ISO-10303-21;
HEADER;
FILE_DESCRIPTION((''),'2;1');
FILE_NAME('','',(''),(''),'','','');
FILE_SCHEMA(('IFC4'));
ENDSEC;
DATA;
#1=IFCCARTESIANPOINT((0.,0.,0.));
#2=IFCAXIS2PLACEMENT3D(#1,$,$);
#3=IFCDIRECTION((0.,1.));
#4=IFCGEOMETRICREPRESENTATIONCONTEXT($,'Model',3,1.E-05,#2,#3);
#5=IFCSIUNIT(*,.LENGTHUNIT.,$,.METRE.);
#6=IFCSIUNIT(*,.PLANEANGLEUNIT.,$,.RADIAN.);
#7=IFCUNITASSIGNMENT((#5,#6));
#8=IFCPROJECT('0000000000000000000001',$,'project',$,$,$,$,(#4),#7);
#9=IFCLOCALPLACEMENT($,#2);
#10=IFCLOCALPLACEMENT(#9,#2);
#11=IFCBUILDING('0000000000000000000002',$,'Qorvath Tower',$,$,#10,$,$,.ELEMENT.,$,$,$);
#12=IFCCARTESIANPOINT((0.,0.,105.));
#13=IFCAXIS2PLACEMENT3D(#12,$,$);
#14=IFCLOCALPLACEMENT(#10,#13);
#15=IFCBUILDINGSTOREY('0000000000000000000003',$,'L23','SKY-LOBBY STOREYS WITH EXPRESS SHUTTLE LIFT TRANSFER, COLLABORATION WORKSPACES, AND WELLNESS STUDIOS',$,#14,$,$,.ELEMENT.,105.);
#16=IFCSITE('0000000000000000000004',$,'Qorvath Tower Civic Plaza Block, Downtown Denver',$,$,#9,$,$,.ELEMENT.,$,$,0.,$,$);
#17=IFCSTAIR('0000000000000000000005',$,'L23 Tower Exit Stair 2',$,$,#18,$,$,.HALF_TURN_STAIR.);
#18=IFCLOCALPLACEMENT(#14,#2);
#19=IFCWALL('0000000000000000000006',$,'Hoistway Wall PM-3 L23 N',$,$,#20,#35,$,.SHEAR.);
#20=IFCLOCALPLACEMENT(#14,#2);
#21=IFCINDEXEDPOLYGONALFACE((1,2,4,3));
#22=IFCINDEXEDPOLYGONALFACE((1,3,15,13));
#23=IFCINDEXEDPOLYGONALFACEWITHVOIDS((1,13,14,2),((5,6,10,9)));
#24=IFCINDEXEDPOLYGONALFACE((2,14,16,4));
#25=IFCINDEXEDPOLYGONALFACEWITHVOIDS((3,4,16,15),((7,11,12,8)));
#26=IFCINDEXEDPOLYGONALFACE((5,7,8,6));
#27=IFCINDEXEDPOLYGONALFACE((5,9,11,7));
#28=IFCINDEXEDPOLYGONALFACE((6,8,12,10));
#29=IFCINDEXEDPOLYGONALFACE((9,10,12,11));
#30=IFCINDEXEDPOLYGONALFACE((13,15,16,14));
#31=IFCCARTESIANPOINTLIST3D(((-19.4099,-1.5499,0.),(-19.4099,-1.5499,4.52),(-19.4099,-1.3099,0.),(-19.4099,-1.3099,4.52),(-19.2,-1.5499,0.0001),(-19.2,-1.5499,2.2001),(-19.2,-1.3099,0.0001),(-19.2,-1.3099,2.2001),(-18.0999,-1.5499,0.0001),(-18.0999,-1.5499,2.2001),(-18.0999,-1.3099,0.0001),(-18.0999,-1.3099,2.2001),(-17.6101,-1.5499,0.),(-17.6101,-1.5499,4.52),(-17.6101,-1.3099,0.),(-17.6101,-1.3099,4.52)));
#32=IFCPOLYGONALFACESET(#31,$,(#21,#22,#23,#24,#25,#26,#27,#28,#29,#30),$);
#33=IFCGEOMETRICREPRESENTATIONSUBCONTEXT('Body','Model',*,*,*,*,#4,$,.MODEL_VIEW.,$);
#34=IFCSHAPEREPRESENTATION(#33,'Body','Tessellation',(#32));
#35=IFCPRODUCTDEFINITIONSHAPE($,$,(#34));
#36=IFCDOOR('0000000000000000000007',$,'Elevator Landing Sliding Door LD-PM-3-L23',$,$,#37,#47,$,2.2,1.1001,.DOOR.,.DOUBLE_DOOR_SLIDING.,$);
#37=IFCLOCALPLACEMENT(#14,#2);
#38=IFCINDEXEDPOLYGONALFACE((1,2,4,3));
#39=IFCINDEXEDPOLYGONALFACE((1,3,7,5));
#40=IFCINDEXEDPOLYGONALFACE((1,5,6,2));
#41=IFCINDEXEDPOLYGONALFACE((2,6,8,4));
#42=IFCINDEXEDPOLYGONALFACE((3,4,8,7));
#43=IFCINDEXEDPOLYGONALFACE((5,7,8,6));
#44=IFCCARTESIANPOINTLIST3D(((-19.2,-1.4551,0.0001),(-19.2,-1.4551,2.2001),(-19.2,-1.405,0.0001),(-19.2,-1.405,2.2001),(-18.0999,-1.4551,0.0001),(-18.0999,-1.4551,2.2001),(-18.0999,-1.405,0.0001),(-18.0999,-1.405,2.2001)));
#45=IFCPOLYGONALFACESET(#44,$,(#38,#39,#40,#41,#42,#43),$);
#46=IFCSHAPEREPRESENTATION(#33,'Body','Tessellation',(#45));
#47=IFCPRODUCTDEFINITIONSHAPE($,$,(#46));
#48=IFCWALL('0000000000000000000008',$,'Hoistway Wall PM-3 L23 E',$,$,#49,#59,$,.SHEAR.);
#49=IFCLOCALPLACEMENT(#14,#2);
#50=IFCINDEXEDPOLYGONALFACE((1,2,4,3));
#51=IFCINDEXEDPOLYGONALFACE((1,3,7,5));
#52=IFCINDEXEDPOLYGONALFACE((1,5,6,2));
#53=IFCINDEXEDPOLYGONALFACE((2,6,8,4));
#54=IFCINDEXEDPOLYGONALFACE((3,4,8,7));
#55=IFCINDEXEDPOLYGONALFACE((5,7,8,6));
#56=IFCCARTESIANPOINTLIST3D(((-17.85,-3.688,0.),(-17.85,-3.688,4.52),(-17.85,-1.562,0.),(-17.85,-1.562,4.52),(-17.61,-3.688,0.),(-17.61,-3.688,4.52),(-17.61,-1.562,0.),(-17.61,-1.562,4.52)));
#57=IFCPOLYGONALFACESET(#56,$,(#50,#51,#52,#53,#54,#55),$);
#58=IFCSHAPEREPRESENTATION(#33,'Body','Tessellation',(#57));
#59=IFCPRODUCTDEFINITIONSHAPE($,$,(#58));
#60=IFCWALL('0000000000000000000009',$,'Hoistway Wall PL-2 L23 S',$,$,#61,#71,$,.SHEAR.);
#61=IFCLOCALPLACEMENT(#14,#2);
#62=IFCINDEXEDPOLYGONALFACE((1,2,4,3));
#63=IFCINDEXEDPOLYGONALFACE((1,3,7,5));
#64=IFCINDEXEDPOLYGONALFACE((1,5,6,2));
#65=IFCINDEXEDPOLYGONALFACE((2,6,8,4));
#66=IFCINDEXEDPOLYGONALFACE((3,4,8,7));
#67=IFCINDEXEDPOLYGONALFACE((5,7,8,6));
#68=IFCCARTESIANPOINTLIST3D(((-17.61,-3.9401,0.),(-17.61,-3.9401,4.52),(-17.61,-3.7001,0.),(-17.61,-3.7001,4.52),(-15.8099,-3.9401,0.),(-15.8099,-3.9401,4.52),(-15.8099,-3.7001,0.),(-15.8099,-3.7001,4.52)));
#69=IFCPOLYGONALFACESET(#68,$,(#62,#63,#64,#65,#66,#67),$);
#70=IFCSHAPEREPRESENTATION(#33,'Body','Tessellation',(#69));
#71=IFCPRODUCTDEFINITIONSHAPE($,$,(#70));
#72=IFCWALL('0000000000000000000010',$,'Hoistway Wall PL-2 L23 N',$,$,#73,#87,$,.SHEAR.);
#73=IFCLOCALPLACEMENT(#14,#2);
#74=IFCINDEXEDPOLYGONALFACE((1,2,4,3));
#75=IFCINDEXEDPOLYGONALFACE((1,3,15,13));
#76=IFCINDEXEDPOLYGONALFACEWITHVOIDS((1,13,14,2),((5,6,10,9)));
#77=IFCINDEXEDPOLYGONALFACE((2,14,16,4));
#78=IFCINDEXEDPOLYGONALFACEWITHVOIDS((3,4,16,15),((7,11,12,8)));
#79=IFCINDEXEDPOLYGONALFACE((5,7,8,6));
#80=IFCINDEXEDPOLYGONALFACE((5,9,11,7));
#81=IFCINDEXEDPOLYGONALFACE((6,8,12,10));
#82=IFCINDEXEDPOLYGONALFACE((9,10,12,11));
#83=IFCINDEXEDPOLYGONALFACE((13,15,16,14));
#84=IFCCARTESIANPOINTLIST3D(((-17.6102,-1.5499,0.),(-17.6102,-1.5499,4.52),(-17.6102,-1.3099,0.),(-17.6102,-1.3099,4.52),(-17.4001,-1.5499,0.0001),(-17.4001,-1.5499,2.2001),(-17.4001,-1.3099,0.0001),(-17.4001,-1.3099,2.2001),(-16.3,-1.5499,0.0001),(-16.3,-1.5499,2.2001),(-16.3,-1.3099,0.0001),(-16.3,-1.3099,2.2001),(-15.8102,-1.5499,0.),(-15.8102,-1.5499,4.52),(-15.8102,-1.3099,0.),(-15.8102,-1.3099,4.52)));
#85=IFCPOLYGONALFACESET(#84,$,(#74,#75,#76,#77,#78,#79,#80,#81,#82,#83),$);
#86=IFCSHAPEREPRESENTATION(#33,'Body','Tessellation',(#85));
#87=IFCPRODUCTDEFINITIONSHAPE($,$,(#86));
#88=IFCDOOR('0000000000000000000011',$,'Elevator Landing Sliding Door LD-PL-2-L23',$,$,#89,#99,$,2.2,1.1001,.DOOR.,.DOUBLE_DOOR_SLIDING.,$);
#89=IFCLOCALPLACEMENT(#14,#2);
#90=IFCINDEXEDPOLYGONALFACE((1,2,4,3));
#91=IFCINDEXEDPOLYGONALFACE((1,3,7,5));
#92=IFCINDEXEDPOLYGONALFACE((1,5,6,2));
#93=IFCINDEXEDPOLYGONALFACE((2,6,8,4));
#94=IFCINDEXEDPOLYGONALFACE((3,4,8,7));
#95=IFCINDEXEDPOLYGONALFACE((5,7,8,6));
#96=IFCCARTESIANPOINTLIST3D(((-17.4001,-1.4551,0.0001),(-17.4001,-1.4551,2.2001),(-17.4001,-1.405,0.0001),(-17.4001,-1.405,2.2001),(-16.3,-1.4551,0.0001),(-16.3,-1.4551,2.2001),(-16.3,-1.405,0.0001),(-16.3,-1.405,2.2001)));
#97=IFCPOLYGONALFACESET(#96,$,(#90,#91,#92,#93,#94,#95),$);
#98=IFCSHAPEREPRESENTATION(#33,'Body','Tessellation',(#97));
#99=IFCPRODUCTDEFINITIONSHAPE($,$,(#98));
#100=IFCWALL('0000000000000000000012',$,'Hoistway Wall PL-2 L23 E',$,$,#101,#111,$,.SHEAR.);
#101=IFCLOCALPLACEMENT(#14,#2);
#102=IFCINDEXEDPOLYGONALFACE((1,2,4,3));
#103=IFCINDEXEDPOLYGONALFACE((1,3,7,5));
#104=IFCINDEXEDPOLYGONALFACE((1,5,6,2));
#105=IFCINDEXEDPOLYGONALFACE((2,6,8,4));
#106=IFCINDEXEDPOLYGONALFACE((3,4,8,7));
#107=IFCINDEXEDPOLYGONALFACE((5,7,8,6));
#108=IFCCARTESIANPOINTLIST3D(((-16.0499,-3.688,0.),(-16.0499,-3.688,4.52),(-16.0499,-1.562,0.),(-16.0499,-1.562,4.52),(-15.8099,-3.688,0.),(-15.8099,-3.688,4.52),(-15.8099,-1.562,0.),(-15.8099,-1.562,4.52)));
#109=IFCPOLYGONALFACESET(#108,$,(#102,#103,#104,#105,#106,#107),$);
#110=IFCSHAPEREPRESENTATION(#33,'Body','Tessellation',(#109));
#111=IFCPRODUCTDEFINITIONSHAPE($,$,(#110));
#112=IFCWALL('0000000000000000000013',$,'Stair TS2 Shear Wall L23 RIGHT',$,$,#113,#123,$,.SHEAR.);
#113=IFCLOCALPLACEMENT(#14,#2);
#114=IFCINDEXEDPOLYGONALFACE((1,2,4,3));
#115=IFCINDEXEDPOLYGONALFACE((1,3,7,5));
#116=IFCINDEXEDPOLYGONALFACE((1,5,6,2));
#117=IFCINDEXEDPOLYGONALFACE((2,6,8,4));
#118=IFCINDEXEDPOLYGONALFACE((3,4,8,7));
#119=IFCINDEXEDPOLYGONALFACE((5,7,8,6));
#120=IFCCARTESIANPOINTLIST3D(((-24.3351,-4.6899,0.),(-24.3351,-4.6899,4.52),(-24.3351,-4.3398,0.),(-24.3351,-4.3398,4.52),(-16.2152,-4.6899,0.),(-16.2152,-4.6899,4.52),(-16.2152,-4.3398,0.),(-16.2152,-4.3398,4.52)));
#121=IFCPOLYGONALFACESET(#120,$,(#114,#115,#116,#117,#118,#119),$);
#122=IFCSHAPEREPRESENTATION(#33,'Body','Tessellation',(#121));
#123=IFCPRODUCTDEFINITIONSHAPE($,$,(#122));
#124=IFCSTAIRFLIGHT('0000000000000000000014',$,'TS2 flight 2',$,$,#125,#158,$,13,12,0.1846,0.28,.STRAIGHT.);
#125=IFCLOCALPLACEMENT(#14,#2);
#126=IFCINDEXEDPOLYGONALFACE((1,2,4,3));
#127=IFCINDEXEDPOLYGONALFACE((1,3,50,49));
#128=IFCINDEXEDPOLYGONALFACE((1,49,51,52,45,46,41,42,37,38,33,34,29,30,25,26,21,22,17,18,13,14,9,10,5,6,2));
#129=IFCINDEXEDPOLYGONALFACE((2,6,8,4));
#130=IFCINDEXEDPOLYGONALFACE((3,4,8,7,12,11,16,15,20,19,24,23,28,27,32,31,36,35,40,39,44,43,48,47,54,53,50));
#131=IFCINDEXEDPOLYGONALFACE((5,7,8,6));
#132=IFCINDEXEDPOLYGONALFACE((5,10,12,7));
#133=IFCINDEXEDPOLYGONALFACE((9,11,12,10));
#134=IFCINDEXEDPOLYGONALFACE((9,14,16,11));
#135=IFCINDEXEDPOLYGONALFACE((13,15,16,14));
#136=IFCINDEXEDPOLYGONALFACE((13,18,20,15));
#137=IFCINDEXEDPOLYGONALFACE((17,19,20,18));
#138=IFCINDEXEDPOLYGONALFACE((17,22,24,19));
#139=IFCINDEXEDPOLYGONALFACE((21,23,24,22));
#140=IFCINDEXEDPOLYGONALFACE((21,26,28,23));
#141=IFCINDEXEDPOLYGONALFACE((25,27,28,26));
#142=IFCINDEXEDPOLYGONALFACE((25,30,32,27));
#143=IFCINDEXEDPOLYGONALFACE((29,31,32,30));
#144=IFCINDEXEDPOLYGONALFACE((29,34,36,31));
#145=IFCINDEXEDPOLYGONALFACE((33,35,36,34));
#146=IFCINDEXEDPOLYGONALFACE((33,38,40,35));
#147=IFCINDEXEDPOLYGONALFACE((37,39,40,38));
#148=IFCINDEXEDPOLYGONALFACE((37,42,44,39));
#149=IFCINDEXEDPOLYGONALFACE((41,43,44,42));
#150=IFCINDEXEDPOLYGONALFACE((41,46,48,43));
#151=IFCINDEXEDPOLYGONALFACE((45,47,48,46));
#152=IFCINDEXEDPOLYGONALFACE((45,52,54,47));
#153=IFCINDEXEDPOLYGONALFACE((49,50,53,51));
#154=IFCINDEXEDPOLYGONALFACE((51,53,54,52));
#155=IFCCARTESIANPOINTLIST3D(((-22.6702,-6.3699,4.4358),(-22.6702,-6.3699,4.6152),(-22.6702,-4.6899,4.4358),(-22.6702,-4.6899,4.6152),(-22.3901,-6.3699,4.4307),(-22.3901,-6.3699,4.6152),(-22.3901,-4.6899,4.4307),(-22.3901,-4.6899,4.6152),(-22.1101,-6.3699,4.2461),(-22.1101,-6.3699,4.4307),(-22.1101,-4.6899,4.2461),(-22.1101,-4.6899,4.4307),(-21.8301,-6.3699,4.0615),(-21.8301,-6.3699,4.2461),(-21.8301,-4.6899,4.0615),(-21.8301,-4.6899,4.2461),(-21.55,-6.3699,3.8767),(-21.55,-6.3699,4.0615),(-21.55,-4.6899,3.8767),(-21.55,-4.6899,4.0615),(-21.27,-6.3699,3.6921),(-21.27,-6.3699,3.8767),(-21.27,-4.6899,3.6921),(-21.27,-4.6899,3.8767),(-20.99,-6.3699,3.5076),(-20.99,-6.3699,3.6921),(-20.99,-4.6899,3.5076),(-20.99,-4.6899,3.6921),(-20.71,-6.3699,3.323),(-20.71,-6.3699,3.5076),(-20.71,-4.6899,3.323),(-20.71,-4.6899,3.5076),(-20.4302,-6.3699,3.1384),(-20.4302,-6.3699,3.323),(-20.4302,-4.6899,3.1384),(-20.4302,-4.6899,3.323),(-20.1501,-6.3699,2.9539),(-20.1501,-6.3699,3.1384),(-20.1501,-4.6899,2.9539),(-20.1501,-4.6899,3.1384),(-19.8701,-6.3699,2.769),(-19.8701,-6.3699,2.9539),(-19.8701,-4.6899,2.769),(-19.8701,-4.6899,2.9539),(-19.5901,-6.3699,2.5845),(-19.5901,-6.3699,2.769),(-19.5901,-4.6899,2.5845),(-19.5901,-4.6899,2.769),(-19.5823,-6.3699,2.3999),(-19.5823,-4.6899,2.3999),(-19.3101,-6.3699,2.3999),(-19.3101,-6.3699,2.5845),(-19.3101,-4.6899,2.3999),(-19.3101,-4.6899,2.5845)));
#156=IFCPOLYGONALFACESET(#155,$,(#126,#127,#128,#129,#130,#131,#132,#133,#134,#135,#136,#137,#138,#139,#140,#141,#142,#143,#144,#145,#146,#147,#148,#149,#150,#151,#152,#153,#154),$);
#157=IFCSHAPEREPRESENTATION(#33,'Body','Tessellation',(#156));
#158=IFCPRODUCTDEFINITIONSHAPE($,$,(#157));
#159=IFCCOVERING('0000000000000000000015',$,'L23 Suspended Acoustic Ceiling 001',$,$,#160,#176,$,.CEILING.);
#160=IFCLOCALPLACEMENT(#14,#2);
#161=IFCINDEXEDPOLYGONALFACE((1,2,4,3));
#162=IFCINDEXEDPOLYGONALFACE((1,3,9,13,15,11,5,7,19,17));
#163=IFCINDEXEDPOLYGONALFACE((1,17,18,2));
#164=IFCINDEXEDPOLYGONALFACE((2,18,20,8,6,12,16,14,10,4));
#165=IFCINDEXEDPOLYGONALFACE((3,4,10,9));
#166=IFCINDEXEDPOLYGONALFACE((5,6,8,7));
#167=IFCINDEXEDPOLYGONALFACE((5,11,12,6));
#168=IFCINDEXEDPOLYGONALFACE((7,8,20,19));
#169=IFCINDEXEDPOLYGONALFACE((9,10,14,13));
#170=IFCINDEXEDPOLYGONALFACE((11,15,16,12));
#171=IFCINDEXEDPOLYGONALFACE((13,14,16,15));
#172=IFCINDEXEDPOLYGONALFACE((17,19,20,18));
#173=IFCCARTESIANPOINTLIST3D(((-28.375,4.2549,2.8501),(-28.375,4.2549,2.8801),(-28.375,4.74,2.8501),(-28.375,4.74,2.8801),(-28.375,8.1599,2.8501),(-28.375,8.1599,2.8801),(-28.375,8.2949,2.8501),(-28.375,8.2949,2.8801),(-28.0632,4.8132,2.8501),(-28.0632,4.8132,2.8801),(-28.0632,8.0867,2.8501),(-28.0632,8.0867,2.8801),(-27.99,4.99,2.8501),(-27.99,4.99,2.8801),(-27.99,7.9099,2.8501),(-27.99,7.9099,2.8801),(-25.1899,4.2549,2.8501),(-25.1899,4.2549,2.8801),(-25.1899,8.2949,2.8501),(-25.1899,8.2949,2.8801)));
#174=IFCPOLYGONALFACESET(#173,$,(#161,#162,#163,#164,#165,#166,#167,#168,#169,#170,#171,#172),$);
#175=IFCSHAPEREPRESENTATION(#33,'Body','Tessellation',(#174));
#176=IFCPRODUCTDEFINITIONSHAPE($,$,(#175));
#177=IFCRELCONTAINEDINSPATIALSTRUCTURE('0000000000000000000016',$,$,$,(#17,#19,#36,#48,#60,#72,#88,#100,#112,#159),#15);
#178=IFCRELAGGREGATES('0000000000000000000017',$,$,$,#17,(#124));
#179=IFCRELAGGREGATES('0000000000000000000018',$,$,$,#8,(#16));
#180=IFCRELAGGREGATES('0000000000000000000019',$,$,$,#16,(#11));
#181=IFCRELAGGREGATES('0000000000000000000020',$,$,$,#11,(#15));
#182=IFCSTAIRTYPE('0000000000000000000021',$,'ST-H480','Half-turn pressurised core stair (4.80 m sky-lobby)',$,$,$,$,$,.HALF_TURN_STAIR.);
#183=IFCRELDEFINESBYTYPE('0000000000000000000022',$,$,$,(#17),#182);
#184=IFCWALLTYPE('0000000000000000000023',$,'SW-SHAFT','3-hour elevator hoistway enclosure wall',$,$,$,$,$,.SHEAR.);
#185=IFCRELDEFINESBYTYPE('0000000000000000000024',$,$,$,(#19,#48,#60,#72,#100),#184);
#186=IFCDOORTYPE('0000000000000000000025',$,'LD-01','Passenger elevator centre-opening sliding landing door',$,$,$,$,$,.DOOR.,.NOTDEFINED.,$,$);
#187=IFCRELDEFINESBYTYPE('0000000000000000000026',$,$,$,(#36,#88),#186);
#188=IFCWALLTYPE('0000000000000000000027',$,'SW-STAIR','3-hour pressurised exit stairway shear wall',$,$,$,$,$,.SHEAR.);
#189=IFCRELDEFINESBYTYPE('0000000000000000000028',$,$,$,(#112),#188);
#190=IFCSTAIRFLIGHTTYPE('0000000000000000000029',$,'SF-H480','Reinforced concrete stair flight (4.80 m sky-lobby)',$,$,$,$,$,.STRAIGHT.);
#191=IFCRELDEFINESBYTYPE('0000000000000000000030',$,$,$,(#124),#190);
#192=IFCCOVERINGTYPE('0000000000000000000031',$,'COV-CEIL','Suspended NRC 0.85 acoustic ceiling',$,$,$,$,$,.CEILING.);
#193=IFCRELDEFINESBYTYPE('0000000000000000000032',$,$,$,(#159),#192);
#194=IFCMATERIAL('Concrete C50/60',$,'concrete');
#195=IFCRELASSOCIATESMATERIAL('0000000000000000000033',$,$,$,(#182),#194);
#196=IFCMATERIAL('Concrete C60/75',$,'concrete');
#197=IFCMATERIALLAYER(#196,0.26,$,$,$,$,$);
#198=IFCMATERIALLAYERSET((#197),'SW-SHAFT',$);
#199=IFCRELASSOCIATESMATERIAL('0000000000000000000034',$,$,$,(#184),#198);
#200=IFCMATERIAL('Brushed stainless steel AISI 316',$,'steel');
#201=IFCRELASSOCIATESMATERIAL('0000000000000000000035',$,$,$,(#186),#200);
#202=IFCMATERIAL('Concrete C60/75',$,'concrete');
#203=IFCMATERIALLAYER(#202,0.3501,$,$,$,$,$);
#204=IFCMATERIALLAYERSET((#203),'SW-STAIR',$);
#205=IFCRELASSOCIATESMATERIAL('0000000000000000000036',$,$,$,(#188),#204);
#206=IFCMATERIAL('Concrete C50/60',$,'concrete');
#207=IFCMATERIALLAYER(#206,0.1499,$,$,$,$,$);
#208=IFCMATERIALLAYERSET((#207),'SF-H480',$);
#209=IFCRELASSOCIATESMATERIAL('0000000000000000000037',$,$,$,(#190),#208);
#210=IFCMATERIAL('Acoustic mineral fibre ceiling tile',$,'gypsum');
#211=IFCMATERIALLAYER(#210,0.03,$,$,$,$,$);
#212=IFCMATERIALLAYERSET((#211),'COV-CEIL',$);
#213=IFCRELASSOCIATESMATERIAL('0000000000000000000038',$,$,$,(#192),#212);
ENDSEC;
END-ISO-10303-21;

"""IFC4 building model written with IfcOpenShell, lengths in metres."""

from ifc_helpers import new_model, si_unit, direction, frame, frame_2d, origin, place, context, subcontext, project, spatial, polyline, rectangle, outline, extrude, material, layer, layer_set, type_object, element, fill, aggregate, save


model = new_model("IFC4")

# Units and contexts
model_context = context("Model", 3, precision=1e-05, world=origin(), true_north=direction((0.0, 1.0)))
body_context = subcontext(model_context, "Body", "Model", "MODEL_VIEW")
ifc_project = project(units=[si_unit("LENGTHUNIT", "METRE"), si_unit("PLANEANGLEUNIT", "RADIAN")], contexts=[model_context])

# Site, building, storey
site_placement = place(None, origin())
site = spatial("IfcSite", under=ifc_project, at=site_placement, Name="Qorvath Tower Civic Plaza Block, Downtown Denver", CompositionType="ELEMENT", RefElevation=0.0)
building_placement = place(site_placement, origin())
building = spatial("IfcBuilding", under=site, at=building_placement, Name="Qorvath Tower", CompositionType="ELEMENT")
storey_placement = place(building_placement, frame((0.0, 0.0, 105.0)))
storey = spatial("IfcBuildingStorey", under=building, at=storey_placement, Name="L23", Description="SKY-LOBBY STOREYS WITH EXPRESS SHUTTLE LIFT TRANSFER, COLLABORATION WORKSPACES, AND WELLNESS STUDIOS", CompositionType="ELEMENT", Elevation=105.0)

# Stair
ifc_material_1 = material(Name="Concrete C50/60", Category="concrete")
stair_type = type_object("IfcStairType", Name="ST-H480", Description="Half-turn pressurised core stair (4.80 m sky-lobby)", PredefinedType="HALF_TURN_STAIR", material=ifc_material_1)
stair_1_placement = place(storey_placement, origin())
stair_1 = element("IfcStair", 1, at=stair_1_placement, inside=storey, type_object=stair_type, Name="L23 Tower Exit Stair 2", PredefinedType="HALF_TURN_STAIR")

# Shared definitions
ifc_material_2 = material(Name="Concrete C60/75", Category="concrete")
ifc_layer_1 = layer(ifc_material_2, 0.26)
ifc_layer_set_1 = layer_set([ifc_layer_1], Name="SW-SHAFT")
wall_type_1 = type_object("IfcWallType", Name="SW-SHAFT", Description="3-hour elevator hoistway enclosure wall", PredefinedType="SHEAR", material=ifc_layer_set_1)

# Wall, opening, door
wall_1_placement = place(storey_placement, frame((-19.4099, -1.4299, 0.0), z_axis=(0.0, 0.0, 1.0), x_axis=(1.0, 0.0, 0.0)))
wall_1 = element("IfcWall", 2, at=wall_1_placement, inside=storey, type_object=wall_type_1, Name="Hoistway Wall PM-3 L23 N", PredefinedType="SHEAR", context=body_context, shape_type="SweptSolid", body=[
    extrude(rectangle(XDim=1.7998, YDim=0.24, at=frame_2d((0.8999, 0.0))), origin(), (0.0, 0.0, 1.0), 4.52),
])
opening_1_placement = place(wall_1_placement, frame((0.21, 0.0, 0.0)))
opening_1 = element("IfcOpeningElement", 3, at=opening_1_placement, cuts=wall_1, PredefinedType="OPENING", context=body_context, shape_type="SweptSolid", body=[
    extrude(rectangle(XDim=1.1001, YDim=2.2, at=frame_2d((0.55, 1.1001))), frame((0.0, 0.1299, 0.0), z_axis=(0.0, -1.0, 0.0), x_axis=(1.0, 0.0, 0.0)), (0.0, 0.0, 1.0), 0.26),
])
ifc_material_3 = material(Name="Brushed stainless steel AISI 316", Category="steel")
door_type_1 = type_object("IfcDoorType", Name="LD-01", Description="Passenger elevator centre-opening sliding landing door", OperationType="NOTDEFINED", PredefinedType="DOOR", material=ifc_material_3)
door_1_placement = place(opening_1_placement, origin())
door_1 = element("IfcDoor", 4, at=door_1_placement, inside=storey, type_object=door_type_1, Name="Elevator Landing Sliding Door LD-PM-3-L23", OperationType="DOUBLE_DOOR_SLIDING", OverallHeight=2.2, OverallWidth=1.1001, PredefinedType="DOOR", context=body_context, shape_type="SweptSolid", body=[
    extrude(rectangle(XDim=1.1001, YDim=2.2, at=frame_2d((0.55, 1.1001))), frame((0.0, 0.0249, 0.0), z_axis=(0.0, -1.0, 0.0), x_axis=(1.0, 0.0, 0.0)), (0.0, 0.0, 1.0), 0.05),
])
fill(opening_1, door_1)

# Walls
wall_2_placement = place(storey_placement, frame((-17.73, -1.562, 0.0), z_axis=(0.0, 0.0, 1.0), x_axis=(0.0, -1.0, 0.0)))
element("IfcWall", 5, at=wall_2_placement, inside=storey, type_object=wall_type_1, Name="Hoistway Wall PM-3 L23 E", PredefinedType="SHEAR", context=body_context, shape_type="SweptSolid", body=[
    extrude(rectangle(XDim=2.126, YDim=0.24, at=frame_2d((1.063, 0.0))), origin(), (0.0, 0.0, 1.0), 4.52),
])
wall_3_placement = place(storey_placement, frame((-15.8101, -3.8201, 0.0), z_axis=(0.0, 0.0, 1.0), x_axis=(-1.0, 0.0, 0.0)))
element("IfcWall", 6, at=wall_3_placement, inside=storey, type_object=wall_type_1, Name="Hoistway Wall PL-2 L23 S", PredefinedType="SHEAR", context=body_context, shape_type="SweptSolid", body=[
    extrude(rectangle(XDim=1.8, YDim=0.24, at=frame_2d((0.8999, 0.0))), origin(), (0.0, 0.0, 1.0), 4.52),
])

# Wall, opening, door
wall_4_placement = place(storey_placement, frame((-17.6101, -1.4299, 0.0), z_axis=(0.0, 0.0, 1.0), x_axis=(1.0, 0.0, 0.0)))
wall_4 = element("IfcWall", 7, at=wall_4_placement, inside=storey, type_object=wall_type_1, Name="Hoistway Wall PL-2 L23 N", PredefinedType="SHEAR", context=body_context, shape_type="SweptSolid", body=[
    extrude(rectangle(XDim=1.8, YDim=0.24, at=frame_2d((0.8999, 0.0))), origin(), (0.0, 0.0, 1.0), 4.52),
])
opening_2_placement = place(wall_4_placement, frame((0.21, 0.0, 0.0)))
opening_2 = element("IfcOpeningElement", 8, at=opening_2_placement, cuts=wall_4, PredefinedType="OPENING", context=body_context, shape_type="SweptSolid", body=[
    extrude(rectangle(XDim=1.1001, YDim=2.2, at=frame_2d((0.55, 1.1001))), frame((0.0, 0.1299, 0.0), z_axis=(0.0, -1.0, 0.0), x_axis=(1.0, 0.0, 0.0)), (0.0, 0.0, 1.0), 0.26),
])
door_2_placement = place(opening_2_placement, origin())
door_2 = element("IfcDoor", 9, at=door_2_placement, inside=storey, type_object=door_type_1, Name="Elevator Landing Sliding Door LD-PL-2-L23", OperationType="DOUBLE_DOOR_SLIDING", OverallHeight=2.2, OverallWidth=1.1001, PredefinedType="DOOR", context=body_context, shape_type="SweptSolid", body=[
    extrude(rectangle(XDim=1.1001, YDim=2.2, at=frame_2d((0.55, 1.1001))), frame((0.0, 0.0249, 0.0), z_axis=(0.0, -1.0, 0.0), x_axis=(1.0, 0.0, 0.0)), (0.0, 0.0, 1.0), 0.05),
])
fill(opening_2, door_2)

# Walls
wall_5_placement = place(storey_placement, frame((-15.9299, -1.562, 0.0), z_axis=(0.0, 0.0, 1.0), x_axis=(0.0, -1.0, 0.0)))
element("IfcWall", 10, at=wall_5_placement, inside=storey, type_object=wall_type_1, Name="Hoistway Wall PL-2 L23 E", PredefinedType="SHEAR", context=body_context, shape_type="SweptSolid", body=[
    extrude(rectangle(XDim=2.126, YDim=0.24, at=frame_2d((1.063, 0.0))), origin(), (0.0, 0.0, 1.0), 4.52),
])
ifc_material_4 = material(Name="Concrete C60/75", Category="concrete")
ifc_layer_2 = layer(ifc_material_4, 0.3501)
ifc_layer_set_2 = layer_set([ifc_layer_2], Name="SW-STAIR")
wall_type_2 = type_object("IfcWallType", Name="SW-STAIR", Description="3-hour pressurised exit stairway shear wall", PredefinedType="SHEAR", material=ifc_layer_set_2)
wall_6_placement = place(storey_placement, frame((-16.2151, -4.5149, 0.0), z_axis=(0.0, 0.0, 1.0), x_axis=(-1.0, 0.0, 0.0)))
element("IfcWall", 11, at=wall_6_placement, inside=storey, type_object=wall_type_2, Name="Stair TS2 Shear Wall L23 RIGHT", PredefinedType="SHEAR", context=body_context, shape_type="SweptSolid", body=[
    extrude(rectangle(XDim=8.1199, YDim=0.3501, at=frame_2d((4.0601, 0.0))), origin(), (0.0, 0.0, 1.0), 4.52),
])

# Stair flight
ifc_material_5 = material(Name="Concrete C50/60", Category="concrete")
ifc_layer_3 = layer(ifc_material_5, 0.1499)
ifc_layer_set_3 = layer_set([ifc_layer_3], Name="SF-H480")
stair_flight_type = type_object("IfcStairFlightType", Name="SF-H480", Description="Reinforced concrete stair flight (4.80 m sky-lobby)", PredefinedType="STRAIGHT", material=ifc_layer_set_3)
stair_flight_placement = place(storey_placement, frame((-19.3101, -5.53, 2.3999), z_axis=(0.0, 0.0, 1.0), x_axis=(-1.0, 0.0, 0.0)))
stair_flight = element("IfcStairFlight", 12, at=stair_flight_placement, type_object=stair_flight_type, Name="TS2 flight 2", NumberOfRisers=13, NumberOfTreads=12, PredefinedType="STRAIGHT", RiserHeight=0.1846, TreadLength=0.28, context=body_context, shape_type="SweptSolid", body=[
    extrude(outline(polyline([(0.0, 0.0), (0.0, 0.1846), (0.28, 0.1846), (0.28, 0.3691), (0.5601, 0.3691), (0.5601, 0.554), (0.8401, 0.554), (0.8401, 0.7385), (1.1201, 0.7385), (1.1201, 0.9231), (1.3999, 0.9231), (1.3999, 1.1077), (1.6799, 1.1077), (1.6799, 1.2922), (1.96, 1.2922), (1.96, 1.4768), (2.24, 1.4768), (2.24, 1.6616), (2.52, 1.6616), (2.52, 1.8462), (2.8, 1.8462), (2.8, 2.0308), (3.0801, 2.0308), (3.0801, 2.2153), (3.3601, 2.2153), (3.3601, 2.3999), (3.3601, 2.0359), (0.2722, 0.0), (0.0, 0.0)])), frame((0.0, 0.8398, 0.0), z_axis=(0.0, -1.0, 0.0), x_axis=(1.0, 0.0, 0.0)), (0.0, 0.0, 1.0), 1.6799),
])
aggregate(stair_1, [stair_flight])

# Covering
ifc_material_6 = material(Name="Acoustic mineral fibre ceiling tile", Category="gypsum")
ifc_layer_4 = layer(ifc_material_6, 0.03)
ifc_layer_set_4 = layer_set([ifc_layer_4], Name="COV-CEIL")
covering_type_1 = type_object("IfcCoveringType", Name="COV-CEIL", Description="Suspended NRC 0.85 acoustic ceiling", PredefinedType="CEILING", material=ifc_layer_set_4)
covering_1_placement = place(storey_placement, frame((0.0, 0.0, 2.8501)))
element("IfcCovering", 13, at=covering_1_placement, inside=storey, type_object=covering_type_1, Name="L23 Suspended Acoustic Ceiling 001", PredefinedType="CEILING", context=body_context, shape_type="SweptSolid", body=[
    extrude(outline(polyline([(-25.1899, 4.2549), (-25.1899, 8.2949), (-28.375, 8.2949), (-28.375, 8.1599), (-28.0632, 8.0867), (-27.99, 7.9099), (-27.99, 4.99), (-28.0632, 4.8132), (-28.375, 4.74), (-28.375, 4.2549), (-25.1899, 4.2549)])), origin(), (0.0, 0.0, 1.0), 0.03),
])

save(model, "model.ifc")
